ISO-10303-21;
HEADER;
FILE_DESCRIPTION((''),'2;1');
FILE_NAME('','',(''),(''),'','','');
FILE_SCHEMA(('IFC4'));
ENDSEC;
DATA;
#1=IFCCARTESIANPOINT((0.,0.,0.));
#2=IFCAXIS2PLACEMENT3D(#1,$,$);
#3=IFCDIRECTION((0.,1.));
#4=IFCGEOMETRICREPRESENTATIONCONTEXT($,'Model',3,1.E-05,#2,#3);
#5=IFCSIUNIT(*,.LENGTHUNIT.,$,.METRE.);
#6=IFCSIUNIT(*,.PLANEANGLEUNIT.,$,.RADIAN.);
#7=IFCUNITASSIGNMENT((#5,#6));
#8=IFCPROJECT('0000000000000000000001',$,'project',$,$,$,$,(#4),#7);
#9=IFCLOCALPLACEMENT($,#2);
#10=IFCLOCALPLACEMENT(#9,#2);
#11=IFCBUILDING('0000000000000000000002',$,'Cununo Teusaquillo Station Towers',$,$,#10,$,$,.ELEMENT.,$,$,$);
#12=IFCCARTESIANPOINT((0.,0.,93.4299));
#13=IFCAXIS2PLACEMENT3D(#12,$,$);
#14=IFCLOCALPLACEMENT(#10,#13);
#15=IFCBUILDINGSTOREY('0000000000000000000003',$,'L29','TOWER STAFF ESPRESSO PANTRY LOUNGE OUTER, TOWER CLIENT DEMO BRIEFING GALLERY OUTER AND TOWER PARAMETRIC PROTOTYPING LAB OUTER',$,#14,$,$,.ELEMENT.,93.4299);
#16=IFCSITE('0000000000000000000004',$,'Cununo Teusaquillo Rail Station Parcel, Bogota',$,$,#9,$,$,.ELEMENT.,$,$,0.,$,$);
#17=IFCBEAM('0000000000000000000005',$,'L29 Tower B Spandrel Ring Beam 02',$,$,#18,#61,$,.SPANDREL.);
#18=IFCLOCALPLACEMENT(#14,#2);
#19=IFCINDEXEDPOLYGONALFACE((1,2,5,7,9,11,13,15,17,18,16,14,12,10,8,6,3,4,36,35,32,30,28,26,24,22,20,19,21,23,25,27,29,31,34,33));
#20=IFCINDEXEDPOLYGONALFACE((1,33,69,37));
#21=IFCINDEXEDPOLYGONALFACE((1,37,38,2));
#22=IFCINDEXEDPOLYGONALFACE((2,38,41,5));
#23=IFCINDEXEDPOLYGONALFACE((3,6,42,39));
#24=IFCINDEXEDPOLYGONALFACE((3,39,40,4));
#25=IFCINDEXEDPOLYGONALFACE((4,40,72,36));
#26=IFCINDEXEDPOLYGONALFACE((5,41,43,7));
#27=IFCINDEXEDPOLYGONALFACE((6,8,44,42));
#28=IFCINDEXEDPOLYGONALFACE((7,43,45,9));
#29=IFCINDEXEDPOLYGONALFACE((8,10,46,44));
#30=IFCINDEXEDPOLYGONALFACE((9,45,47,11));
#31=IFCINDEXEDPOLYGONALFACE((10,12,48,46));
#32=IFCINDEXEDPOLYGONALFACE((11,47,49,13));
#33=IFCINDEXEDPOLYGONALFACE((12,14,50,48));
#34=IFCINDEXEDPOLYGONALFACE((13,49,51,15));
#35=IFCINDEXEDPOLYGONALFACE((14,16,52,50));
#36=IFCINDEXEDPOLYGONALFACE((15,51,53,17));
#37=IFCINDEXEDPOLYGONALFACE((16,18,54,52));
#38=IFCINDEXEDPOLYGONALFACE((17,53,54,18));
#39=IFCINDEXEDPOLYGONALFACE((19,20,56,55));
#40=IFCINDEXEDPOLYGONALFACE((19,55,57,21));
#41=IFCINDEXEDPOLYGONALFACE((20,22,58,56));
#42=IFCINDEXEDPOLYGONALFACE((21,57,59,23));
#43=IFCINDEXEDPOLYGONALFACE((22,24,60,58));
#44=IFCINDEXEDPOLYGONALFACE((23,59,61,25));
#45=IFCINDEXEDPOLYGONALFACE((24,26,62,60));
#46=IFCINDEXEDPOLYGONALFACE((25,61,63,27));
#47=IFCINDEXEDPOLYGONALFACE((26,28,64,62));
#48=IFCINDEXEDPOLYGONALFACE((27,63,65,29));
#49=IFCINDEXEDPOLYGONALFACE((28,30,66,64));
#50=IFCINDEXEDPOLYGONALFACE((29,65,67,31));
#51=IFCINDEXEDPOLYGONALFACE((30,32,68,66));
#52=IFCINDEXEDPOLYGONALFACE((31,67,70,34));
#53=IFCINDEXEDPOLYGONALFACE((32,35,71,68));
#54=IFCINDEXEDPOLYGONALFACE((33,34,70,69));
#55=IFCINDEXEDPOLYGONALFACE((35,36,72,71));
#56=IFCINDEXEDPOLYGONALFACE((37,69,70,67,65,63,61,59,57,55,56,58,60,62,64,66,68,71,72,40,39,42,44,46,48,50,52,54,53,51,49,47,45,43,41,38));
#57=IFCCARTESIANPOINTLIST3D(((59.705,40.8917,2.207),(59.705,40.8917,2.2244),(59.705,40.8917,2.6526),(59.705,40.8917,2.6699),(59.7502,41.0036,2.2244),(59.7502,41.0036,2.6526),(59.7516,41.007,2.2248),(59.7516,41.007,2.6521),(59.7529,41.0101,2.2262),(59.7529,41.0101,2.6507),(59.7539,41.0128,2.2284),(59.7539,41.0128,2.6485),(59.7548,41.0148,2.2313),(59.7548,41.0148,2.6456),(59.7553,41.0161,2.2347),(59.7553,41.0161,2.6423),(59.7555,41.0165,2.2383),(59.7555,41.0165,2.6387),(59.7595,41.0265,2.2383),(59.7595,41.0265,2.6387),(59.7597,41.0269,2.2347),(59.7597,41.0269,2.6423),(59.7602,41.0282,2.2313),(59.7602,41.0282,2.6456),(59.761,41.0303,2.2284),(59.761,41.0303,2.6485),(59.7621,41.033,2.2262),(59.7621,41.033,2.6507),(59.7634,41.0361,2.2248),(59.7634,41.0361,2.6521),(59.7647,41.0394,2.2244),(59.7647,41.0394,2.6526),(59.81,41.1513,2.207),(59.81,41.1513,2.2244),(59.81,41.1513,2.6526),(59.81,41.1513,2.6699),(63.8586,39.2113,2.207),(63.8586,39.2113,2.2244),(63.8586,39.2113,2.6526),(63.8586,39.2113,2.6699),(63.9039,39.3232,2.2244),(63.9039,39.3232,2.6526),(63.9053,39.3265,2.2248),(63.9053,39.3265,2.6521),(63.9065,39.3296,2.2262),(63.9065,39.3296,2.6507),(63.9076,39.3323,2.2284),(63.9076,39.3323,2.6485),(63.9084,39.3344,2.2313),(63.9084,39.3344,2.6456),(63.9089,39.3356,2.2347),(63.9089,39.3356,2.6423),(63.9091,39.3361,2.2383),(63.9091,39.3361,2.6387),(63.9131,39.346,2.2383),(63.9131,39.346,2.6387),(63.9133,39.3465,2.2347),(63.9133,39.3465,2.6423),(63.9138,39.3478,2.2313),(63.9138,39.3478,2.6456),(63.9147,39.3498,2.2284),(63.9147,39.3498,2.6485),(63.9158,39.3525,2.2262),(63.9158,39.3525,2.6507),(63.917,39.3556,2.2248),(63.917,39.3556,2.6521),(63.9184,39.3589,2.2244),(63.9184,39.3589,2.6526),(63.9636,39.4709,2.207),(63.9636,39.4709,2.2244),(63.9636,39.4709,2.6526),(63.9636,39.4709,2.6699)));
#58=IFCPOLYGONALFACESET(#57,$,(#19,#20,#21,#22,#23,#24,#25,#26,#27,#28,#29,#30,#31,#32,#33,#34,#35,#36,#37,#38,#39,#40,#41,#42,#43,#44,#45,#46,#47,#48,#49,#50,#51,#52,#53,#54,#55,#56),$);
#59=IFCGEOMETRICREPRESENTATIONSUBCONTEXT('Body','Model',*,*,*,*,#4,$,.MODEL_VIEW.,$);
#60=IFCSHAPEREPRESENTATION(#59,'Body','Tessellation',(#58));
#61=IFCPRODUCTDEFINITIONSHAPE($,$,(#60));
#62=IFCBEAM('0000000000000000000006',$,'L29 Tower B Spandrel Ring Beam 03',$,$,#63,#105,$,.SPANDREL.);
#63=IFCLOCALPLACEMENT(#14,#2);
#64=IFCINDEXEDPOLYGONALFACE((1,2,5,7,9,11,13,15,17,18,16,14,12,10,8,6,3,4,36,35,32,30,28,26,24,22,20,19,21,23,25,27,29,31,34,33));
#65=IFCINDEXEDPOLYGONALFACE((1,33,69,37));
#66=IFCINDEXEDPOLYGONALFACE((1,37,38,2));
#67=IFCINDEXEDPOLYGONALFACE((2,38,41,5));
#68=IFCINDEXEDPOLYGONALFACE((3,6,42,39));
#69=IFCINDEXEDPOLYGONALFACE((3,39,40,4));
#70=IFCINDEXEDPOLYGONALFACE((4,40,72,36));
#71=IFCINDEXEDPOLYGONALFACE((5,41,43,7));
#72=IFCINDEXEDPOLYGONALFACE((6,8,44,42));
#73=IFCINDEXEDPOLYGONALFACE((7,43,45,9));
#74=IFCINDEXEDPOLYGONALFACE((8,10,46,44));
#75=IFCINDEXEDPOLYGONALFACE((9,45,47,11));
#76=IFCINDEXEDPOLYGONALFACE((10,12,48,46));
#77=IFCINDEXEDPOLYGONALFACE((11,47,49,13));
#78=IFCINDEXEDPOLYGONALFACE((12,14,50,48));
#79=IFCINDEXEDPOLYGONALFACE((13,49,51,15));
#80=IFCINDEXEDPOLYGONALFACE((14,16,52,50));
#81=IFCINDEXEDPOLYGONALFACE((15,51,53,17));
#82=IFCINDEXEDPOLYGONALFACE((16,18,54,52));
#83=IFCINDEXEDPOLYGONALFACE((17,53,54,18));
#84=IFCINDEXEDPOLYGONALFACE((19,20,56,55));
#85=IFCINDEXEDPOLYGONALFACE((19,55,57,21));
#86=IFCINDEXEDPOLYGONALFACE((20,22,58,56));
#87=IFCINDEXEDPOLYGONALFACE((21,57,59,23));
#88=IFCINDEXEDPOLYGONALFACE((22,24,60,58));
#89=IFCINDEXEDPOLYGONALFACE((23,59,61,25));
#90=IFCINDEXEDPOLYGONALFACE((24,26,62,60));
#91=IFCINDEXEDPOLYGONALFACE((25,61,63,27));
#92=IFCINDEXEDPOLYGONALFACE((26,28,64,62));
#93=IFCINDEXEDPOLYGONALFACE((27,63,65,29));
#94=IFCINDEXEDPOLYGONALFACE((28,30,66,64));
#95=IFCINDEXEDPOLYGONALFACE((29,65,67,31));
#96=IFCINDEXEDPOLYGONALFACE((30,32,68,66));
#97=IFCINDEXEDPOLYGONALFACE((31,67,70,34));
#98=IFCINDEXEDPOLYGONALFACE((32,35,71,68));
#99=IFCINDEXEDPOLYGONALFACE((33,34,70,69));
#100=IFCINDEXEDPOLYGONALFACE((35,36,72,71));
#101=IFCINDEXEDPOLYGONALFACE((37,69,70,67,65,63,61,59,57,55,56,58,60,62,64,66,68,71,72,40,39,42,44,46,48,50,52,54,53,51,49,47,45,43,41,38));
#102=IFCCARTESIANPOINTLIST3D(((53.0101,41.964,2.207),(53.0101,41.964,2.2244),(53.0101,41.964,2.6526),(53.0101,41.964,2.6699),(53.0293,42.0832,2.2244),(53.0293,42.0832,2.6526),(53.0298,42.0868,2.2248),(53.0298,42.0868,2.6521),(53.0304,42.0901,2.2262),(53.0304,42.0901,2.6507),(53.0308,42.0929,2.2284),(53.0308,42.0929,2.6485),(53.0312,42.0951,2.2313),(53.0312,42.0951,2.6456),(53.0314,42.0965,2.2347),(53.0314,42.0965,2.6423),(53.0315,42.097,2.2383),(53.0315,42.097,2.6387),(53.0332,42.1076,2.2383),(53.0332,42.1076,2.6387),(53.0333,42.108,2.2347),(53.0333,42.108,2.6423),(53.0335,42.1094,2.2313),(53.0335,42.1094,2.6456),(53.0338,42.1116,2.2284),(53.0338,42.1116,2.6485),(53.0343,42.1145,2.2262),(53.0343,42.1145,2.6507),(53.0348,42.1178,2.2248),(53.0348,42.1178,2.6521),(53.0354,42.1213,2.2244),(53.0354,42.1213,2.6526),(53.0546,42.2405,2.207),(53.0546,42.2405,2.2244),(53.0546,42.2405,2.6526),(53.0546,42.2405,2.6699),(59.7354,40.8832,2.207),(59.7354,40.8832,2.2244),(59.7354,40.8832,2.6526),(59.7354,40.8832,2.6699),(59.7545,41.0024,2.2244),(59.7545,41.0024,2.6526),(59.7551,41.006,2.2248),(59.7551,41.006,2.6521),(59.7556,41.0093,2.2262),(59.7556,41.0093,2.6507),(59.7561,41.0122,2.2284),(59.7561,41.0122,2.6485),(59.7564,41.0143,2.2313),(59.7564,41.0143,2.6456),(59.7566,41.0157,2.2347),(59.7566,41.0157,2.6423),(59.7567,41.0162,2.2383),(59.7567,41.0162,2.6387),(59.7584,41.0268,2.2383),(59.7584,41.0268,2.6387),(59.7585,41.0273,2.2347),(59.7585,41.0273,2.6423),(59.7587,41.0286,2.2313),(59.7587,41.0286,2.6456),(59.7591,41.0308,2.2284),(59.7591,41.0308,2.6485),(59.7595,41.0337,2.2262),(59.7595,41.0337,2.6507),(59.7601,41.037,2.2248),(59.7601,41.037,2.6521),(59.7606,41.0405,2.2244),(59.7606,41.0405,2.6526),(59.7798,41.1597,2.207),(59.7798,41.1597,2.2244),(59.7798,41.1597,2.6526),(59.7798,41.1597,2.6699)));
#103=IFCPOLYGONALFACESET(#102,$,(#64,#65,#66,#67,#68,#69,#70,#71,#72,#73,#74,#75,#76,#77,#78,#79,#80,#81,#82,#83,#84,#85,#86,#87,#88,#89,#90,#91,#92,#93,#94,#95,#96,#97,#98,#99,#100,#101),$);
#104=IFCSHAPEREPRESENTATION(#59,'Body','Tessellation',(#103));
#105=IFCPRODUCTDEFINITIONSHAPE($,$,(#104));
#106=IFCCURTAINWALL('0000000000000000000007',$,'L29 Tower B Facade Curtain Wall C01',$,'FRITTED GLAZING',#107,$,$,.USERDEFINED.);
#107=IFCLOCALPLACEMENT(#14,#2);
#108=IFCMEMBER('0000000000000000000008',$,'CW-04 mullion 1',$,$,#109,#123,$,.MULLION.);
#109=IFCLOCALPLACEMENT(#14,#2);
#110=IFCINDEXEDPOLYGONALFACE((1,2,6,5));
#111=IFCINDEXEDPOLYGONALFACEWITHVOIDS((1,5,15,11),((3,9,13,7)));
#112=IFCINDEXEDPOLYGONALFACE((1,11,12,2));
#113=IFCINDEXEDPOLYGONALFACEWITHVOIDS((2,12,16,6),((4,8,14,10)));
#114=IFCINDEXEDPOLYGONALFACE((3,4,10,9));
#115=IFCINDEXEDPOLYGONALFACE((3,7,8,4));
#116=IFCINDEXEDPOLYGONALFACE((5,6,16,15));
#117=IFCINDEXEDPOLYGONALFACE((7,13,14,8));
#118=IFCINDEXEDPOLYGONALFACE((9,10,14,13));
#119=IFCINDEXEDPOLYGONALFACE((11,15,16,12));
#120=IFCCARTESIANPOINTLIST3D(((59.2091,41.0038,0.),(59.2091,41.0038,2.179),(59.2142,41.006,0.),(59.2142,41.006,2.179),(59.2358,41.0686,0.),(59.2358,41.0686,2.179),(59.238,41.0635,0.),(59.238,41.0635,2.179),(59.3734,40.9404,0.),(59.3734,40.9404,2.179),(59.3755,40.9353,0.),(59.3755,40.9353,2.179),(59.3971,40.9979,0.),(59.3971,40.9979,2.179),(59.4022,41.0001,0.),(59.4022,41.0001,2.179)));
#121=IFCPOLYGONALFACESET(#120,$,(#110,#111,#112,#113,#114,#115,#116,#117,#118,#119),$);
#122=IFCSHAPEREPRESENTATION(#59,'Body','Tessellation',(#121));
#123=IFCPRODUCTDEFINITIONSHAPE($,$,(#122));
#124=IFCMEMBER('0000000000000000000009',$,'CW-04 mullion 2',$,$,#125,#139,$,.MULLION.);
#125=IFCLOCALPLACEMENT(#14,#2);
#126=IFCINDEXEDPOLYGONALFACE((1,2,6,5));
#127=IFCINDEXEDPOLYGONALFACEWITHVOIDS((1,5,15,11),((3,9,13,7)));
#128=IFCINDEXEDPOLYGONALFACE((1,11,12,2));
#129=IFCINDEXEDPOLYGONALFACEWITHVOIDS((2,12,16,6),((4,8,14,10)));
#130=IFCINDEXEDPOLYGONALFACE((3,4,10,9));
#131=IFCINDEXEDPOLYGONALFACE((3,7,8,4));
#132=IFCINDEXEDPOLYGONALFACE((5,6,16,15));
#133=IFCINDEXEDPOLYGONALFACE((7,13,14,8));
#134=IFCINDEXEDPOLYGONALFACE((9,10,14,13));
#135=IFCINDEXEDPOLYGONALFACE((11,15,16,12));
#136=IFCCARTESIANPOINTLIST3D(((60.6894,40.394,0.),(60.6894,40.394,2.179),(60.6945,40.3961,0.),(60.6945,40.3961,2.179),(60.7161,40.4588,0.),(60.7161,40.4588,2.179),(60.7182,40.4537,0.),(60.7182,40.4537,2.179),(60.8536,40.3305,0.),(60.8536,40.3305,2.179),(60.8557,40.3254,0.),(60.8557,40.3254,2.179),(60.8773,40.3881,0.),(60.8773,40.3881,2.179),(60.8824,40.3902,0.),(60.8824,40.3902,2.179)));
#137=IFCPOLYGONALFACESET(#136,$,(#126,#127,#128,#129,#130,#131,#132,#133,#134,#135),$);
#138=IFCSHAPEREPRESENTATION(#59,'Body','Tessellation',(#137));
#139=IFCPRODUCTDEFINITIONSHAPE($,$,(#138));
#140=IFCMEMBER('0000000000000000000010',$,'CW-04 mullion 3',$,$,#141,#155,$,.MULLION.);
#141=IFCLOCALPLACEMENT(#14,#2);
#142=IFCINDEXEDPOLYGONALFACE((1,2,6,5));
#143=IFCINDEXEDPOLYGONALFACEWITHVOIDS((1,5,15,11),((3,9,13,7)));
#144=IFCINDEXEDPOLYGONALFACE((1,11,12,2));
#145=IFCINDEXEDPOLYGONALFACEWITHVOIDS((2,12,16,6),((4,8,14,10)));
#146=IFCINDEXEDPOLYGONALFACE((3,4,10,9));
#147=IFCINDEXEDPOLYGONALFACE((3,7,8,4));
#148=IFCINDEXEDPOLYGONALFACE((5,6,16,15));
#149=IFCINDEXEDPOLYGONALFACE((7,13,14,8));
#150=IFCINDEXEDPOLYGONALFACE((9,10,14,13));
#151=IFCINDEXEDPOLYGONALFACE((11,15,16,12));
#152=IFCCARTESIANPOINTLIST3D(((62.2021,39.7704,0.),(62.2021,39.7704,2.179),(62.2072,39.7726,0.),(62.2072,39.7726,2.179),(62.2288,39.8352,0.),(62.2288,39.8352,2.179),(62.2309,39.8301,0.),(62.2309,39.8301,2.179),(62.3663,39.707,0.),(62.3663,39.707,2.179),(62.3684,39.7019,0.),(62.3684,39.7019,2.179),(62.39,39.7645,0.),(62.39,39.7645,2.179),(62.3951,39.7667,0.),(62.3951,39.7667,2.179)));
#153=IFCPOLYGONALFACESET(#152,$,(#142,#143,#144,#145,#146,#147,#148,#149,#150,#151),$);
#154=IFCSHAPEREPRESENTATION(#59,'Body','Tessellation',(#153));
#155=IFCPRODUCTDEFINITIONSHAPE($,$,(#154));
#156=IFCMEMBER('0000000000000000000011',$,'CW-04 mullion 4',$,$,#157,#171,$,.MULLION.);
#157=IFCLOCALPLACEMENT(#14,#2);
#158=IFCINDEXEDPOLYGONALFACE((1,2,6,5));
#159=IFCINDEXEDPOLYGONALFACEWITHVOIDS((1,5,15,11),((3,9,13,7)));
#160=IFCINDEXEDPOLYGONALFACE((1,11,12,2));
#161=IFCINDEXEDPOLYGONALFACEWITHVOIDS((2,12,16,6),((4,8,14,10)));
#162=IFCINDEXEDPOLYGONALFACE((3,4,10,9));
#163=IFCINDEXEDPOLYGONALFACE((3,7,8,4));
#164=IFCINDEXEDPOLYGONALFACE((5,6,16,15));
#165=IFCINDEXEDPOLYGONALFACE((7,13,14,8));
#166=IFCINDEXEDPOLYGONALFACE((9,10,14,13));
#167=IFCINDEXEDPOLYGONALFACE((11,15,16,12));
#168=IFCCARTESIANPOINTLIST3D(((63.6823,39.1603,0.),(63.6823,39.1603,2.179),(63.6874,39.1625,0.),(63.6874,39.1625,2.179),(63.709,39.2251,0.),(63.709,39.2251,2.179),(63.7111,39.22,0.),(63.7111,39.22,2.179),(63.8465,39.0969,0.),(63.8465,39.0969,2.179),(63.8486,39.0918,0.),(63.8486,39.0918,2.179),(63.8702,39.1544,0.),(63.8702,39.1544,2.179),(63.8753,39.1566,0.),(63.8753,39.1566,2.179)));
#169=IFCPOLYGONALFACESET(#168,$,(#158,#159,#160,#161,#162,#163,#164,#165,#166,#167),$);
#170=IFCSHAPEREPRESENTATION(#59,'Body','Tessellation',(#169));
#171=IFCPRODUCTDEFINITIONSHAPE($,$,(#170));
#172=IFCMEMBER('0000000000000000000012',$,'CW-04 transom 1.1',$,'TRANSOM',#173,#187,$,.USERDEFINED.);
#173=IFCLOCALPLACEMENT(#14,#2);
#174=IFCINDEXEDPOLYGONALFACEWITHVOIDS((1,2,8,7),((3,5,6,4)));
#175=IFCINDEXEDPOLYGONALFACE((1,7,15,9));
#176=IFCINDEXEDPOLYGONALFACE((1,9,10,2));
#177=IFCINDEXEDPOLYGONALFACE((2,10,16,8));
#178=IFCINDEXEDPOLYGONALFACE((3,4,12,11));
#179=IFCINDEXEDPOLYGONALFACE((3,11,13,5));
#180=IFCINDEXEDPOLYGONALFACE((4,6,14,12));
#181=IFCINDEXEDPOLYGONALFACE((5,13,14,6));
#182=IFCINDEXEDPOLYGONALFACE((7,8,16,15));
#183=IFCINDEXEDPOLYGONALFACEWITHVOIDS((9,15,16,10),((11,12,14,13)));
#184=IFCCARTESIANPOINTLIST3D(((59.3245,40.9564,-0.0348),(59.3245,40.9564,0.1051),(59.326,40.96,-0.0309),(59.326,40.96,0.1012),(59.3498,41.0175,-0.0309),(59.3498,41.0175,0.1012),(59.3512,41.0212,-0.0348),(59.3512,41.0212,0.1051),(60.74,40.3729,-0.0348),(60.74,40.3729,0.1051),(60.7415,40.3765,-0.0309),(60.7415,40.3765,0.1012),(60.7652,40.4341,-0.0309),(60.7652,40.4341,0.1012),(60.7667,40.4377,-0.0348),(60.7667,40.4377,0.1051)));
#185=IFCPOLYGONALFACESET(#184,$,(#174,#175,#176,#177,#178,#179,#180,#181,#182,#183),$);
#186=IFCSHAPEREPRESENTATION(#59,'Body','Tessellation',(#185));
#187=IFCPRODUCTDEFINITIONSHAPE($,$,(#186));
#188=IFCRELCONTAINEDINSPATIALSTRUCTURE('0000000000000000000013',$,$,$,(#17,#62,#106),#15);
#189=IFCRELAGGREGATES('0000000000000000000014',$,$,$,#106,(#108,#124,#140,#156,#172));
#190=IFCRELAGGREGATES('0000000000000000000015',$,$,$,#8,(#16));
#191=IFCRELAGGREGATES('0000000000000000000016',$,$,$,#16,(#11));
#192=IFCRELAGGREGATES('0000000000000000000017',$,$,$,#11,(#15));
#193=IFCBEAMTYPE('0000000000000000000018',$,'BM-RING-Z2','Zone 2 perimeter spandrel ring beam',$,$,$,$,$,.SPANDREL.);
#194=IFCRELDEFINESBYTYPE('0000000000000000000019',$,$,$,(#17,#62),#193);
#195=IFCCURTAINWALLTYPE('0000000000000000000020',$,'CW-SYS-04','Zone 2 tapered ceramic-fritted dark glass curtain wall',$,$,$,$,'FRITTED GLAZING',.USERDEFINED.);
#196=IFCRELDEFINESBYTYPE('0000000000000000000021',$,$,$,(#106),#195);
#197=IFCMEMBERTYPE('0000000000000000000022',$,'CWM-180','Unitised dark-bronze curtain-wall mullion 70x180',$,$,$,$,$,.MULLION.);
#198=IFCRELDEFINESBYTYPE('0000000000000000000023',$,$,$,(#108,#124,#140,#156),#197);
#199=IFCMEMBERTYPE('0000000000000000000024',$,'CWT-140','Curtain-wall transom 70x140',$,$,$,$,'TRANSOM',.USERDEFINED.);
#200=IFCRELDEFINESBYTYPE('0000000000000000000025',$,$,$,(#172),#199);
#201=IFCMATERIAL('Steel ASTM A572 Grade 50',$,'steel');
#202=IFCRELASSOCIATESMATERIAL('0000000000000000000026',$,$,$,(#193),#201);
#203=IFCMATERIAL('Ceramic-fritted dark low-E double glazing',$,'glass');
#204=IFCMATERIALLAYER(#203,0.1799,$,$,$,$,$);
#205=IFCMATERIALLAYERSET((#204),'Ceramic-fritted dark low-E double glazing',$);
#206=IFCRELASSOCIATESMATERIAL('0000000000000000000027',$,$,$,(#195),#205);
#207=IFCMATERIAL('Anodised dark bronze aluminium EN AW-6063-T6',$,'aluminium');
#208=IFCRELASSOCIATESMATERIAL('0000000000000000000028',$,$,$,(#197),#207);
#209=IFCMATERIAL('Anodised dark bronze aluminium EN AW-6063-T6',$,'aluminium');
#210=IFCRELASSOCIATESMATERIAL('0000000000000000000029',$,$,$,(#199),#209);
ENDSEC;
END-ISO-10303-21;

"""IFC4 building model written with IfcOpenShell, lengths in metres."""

from ifc_helpers import new_model, si_unit, direction, frame, origin, origin_2d, place, context, subcontext, project, spatial, hollow_rectangle, i_section, extrude, material, layer, layer_set, material_profile, profile_set, type_object, element, aggregate, save


model = new_model("IFC4")

# Units and contexts
model_context = context("Model", 3, precision=1e-05, world=origin(), true_north=direction((0.0, 1.0)))
body_context = subcontext(model_context, "Body", "Model", "MODEL_VIEW")
ifc_project = project(units=[si_unit("LENGTHUNIT", "METRE"), si_unit("PLANEANGLEUNIT", "RADIAN")], contexts=[model_context])

# Site, building, storey
site_placement = place(None, origin())
site = spatial("IfcSite", under=ifc_project, at=site_placement, Name="Cununo Teusaquillo Rail Station Parcel, Bogota", CompositionType="ELEMENT", RefElevation=0.0)
building_placement = place(site_placement, origin())
building = spatial("IfcBuilding", under=site, at=building_placement, Name="Cununo Teusaquillo Station Towers", CompositionType="ELEMENT")
storey_placement = place(building_placement, frame((0.0, 0.0, 93.4299)))
storey = spatial("IfcBuildingStorey", under=building, at=storey_placement, Name="L29", Description="TOWER STAFF ESPRESSO PANTRY LOUNGE OUTER, TOWER CLIENT DEMO BRIEFING GALLERY OUTER AND TOWER PARAMETRIC PROTOTYPING LAB OUTER", CompositionType="ELEMENT", Elevation=93.4299)

# Beams
ifc_material_1 = material(Name="Steel ASTM A572 Grade 50", Category="steel")
ifc_material_profile_1 = material_profile(ifc_material_1, i_section(OverallWidth=0.28, OverallDepth=0.4629, WebThickness=0.0107, FlangeThickness=0.0173, FilletRadius=0.0139, at=origin_2d()), Name="W18X76")
ifc_profile_set_1 = profile_set([ifc_material_profile_1], Name="Steel ASTM A572 Grade 50")
beam_type_1 = type_object("IfcBeamType", Name="BM-RING-Z2", Description="Zone 2 perimeter spandrel ring beam", PredefinedType="SPANDREL", material=ifc_profile_set_1)
beam_1_placement = place(storey_placement, frame((63.9111, 39.3411, 2.4385), z_axis=(-0.927008, 0.375042, 0.0), x_axis=(-0.375042, -0.927008, 0.0)))
element("IfcBeam", 1, at=beam_1_placement, inside=storey, type_object=beam_type_1, Name="L29 Tower B Spandrel Ring Beam 02", PredefinedType="SPANDREL", context=body_context, shape_type="SweptSolid", body=[
    extrude(i_section(OverallWidth=0.28, OverallDepth=0.4629, WebThickness=0.0107, FlangeThickness=0.0173, FilletRadius=0.0139, at=origin_2d()), origin(), (0.0, 0.0, 1.0), 4.4807),
])
beam_2_placement = place(storey_placement, frame((59.7576, 41.0215, 2.4385), z_axis=(-0.987331, 0.158671, 0.0), x_axis=(-0.158671, -0.987331, 0.0)))
element("IfcBeam", 2, at=beam_2_placement, inside=storey, type_object=beam_type_1, Name="L29 Tower B Spandrel Ring Beam 03", PredefinedType="SPANDREL", context=body_context, shape_type="SweptSolid", body=[
    extrude(i_section(OverallWidth=0.28, OverallDepth=0.4629, WebThickness=0.0107, FlangeThickness=0.0173, FilletRadius=0.0139, at=origin_2d()), origin(), (0.0, 0.0, 1.0), 6.8115),
])

# Curtain wall, members
ifc_material_2 = material(Name="Ceramic-fritted dark low-E double glazing", Category="glass")
ifc_layer_1 = layer(ifc_material_2, 0.1799)
ifc_layer_set_1 = layer_set([ifc_layer_1], Name="Ceramic-fritted dark low-E double glazing")
curtain_wall_type = type_object("IfcCurtainWallType", Name="CW-SYS-04", Description="Zone 2 tapered ceramic-fritted dark glass curtain wall", ElementType="FRITTED GLAZING", PredefinedType="USERDEFINED", material=ifc_layer_set_1)
curtain_wall_placement = place(storey_placement, origin())
curtain_wall = element("IfcCurtainWall", 3, at=curtain_wall_placement, inside=storey, type_object=curtain_wall_type, Name="L29 Tower B Facade Curtain Wall C01", ObjectType="FRITTED GLAZING", PredefinedType="USERDEFINED")
ifc_material_3 = material(Name="Anodised dark bronze aluminium EN AW-6063-T6", Category="aluminium")
ifc_material_profile_2 = material_profile(ifc_material_3, hollow_rectangle(XDim=0.0701, YDim=0.1799, WallThickness=0.0039, at=origin_2d()), Name="CW-MULL-70x180")
ifc_profile_set_2 = profile_set([ifc_material_profile_2], Name="Anodised dark bronze aluminium EN AW-6063-T6")
member_type_1 = type_object("IfcMemberType", Name="CWM-180", Description="Unitised dark-bronze curtain-wall mullion 70x180", PredefinedType="MULLION", material=ifc_profile_set_2)
member_1_placement = place(storey_placement, frame((59.3057, 41.002, 0.0), z_axis=(0.0, 0.0, 1.0), x_axis=(0.381031, 0.924562, 0.0)))
member_1 = element("IfcMember", 4, at=member_1_placement, type_object=member_type_1, Name="CW-04 mullion 1", PredefinedType="MULLION", context=body_context, shape_type="SweptSolid", body=[
    extrude(hollow_rectangle(XDim=0.0701, YDim=0.1799, WallThickness=0.0039, at=origin_2d()), origin(), (0.0, 0.0, 1.0), 2.179),
])
member_2_placement = place(storey_placement, frame((60.7859, 40.3921, 0.0), z_axis=(0.0, 0.0, 1.0), x_axis=(0.381031, 0.924562, 0.0)))
member_2 = element("IfcMember", 5, at=member_2_placement, type_object=member_type_1, Name="CW-04 mullion 2", PredefinedType="MULLION", context=body_context, shape_type="SweptSolid", body=[
    extrude(hollow_rectangle(XDim=0.0701, YDim=0.1799, WallThickness=0.0039, at=origin_2d()), origin(), (0.0, 0.0, 1.0), 2.179),
])
member_3_placement = place(storey_placement, frame((62.2986, 39.7686, 0.0), z_axis=(0.0, 0.0, 1.0), x_axis=(0.381031, 0.924562, 0.0)))
member_3 = element("IfcMember", 6, at=member_3_placement, type_object=member_type_1, Name="CW-04 mullion 3", PredefinedType="MULLION", context=body_context, shape_type="SweptSolid", body=[
    extrude(hollow_rectangle(XDim=0.0701, YDim=0.1799, WallThickness=0.0039, at=origin_2d()), origin(), (0.0, 0.0, 1.0), 2.179),
])
member_4_placement = place(storey_placement, frame((63.7788, 39.1584, 0.0), z_axis=(0.0, 0.0, 1.0), x_axis=(0.381031, 0.924562, 0.0)))
member_4 = element("IfcMember", 7, at=member_4_placement, type_object=member_type_1, Name="CW-04 mullion 4", PredefinedType="MULLION", context=body_context, shape_type="SweptSolid", body=[
    extrude(hollow_rectangle(XDim=0.0701, YDim=0.1799, WallThickness=0.0039, at=origin_2d()), origin(), (0.0, 0.0, 1.0), 2.179),
])
ifc_material_4 = material(Name="Anodised dark bronze aluminium EN AW-6063-T6", Category="aluminium")
ifc_material_profile_3 = material_profile(ifc_material_4, hollow_rectangle(XDim=0.0701, YDim=0.1399, WallThickness=0.0039, at=origin_2d()), Name="CW-TRAN-70x140")
ifc_profile_set_3 = profile_set([ifc_material_profile_3], Name="Anodised dark bronze aluminium EN AW-6063-T6")
member_type_2 = type_object("IfcMemberType", Name="CWT-140", Description="Curtain-wall transom 70x140", ElementType="TRANSOM", PredefinedType="USERDEFINED", material=ifc_profile_set_3)
member_5_placement = place(storey_placement, frame((59.3379, 40.9888, 0.0352), z_axis=(0.924533, -0.381103, 0.0), x_axis=(0.381103, 0.924533, 0.0)))
member_5 = element("IfcMember", 8, at=member_5_placement, type_object=member_type_2, Name="CW-04 transom 1.1", ObjectType="TRANSOM", PredefinedType="USERDEFINED", context=body_context, shape_type="SweptSolid", body=[
    extrude(hollow_rectangle(XDim=0.0701, YDim=0.1399, WallThickness=0.0039, at=origin_2d()), origin(), (0.0, 0.0, 1.0), 1.531),
])

aggregate(curtain_wall, [member_1, member_2, member_3, member_4, member_5])

save(model, "model.ifc")
